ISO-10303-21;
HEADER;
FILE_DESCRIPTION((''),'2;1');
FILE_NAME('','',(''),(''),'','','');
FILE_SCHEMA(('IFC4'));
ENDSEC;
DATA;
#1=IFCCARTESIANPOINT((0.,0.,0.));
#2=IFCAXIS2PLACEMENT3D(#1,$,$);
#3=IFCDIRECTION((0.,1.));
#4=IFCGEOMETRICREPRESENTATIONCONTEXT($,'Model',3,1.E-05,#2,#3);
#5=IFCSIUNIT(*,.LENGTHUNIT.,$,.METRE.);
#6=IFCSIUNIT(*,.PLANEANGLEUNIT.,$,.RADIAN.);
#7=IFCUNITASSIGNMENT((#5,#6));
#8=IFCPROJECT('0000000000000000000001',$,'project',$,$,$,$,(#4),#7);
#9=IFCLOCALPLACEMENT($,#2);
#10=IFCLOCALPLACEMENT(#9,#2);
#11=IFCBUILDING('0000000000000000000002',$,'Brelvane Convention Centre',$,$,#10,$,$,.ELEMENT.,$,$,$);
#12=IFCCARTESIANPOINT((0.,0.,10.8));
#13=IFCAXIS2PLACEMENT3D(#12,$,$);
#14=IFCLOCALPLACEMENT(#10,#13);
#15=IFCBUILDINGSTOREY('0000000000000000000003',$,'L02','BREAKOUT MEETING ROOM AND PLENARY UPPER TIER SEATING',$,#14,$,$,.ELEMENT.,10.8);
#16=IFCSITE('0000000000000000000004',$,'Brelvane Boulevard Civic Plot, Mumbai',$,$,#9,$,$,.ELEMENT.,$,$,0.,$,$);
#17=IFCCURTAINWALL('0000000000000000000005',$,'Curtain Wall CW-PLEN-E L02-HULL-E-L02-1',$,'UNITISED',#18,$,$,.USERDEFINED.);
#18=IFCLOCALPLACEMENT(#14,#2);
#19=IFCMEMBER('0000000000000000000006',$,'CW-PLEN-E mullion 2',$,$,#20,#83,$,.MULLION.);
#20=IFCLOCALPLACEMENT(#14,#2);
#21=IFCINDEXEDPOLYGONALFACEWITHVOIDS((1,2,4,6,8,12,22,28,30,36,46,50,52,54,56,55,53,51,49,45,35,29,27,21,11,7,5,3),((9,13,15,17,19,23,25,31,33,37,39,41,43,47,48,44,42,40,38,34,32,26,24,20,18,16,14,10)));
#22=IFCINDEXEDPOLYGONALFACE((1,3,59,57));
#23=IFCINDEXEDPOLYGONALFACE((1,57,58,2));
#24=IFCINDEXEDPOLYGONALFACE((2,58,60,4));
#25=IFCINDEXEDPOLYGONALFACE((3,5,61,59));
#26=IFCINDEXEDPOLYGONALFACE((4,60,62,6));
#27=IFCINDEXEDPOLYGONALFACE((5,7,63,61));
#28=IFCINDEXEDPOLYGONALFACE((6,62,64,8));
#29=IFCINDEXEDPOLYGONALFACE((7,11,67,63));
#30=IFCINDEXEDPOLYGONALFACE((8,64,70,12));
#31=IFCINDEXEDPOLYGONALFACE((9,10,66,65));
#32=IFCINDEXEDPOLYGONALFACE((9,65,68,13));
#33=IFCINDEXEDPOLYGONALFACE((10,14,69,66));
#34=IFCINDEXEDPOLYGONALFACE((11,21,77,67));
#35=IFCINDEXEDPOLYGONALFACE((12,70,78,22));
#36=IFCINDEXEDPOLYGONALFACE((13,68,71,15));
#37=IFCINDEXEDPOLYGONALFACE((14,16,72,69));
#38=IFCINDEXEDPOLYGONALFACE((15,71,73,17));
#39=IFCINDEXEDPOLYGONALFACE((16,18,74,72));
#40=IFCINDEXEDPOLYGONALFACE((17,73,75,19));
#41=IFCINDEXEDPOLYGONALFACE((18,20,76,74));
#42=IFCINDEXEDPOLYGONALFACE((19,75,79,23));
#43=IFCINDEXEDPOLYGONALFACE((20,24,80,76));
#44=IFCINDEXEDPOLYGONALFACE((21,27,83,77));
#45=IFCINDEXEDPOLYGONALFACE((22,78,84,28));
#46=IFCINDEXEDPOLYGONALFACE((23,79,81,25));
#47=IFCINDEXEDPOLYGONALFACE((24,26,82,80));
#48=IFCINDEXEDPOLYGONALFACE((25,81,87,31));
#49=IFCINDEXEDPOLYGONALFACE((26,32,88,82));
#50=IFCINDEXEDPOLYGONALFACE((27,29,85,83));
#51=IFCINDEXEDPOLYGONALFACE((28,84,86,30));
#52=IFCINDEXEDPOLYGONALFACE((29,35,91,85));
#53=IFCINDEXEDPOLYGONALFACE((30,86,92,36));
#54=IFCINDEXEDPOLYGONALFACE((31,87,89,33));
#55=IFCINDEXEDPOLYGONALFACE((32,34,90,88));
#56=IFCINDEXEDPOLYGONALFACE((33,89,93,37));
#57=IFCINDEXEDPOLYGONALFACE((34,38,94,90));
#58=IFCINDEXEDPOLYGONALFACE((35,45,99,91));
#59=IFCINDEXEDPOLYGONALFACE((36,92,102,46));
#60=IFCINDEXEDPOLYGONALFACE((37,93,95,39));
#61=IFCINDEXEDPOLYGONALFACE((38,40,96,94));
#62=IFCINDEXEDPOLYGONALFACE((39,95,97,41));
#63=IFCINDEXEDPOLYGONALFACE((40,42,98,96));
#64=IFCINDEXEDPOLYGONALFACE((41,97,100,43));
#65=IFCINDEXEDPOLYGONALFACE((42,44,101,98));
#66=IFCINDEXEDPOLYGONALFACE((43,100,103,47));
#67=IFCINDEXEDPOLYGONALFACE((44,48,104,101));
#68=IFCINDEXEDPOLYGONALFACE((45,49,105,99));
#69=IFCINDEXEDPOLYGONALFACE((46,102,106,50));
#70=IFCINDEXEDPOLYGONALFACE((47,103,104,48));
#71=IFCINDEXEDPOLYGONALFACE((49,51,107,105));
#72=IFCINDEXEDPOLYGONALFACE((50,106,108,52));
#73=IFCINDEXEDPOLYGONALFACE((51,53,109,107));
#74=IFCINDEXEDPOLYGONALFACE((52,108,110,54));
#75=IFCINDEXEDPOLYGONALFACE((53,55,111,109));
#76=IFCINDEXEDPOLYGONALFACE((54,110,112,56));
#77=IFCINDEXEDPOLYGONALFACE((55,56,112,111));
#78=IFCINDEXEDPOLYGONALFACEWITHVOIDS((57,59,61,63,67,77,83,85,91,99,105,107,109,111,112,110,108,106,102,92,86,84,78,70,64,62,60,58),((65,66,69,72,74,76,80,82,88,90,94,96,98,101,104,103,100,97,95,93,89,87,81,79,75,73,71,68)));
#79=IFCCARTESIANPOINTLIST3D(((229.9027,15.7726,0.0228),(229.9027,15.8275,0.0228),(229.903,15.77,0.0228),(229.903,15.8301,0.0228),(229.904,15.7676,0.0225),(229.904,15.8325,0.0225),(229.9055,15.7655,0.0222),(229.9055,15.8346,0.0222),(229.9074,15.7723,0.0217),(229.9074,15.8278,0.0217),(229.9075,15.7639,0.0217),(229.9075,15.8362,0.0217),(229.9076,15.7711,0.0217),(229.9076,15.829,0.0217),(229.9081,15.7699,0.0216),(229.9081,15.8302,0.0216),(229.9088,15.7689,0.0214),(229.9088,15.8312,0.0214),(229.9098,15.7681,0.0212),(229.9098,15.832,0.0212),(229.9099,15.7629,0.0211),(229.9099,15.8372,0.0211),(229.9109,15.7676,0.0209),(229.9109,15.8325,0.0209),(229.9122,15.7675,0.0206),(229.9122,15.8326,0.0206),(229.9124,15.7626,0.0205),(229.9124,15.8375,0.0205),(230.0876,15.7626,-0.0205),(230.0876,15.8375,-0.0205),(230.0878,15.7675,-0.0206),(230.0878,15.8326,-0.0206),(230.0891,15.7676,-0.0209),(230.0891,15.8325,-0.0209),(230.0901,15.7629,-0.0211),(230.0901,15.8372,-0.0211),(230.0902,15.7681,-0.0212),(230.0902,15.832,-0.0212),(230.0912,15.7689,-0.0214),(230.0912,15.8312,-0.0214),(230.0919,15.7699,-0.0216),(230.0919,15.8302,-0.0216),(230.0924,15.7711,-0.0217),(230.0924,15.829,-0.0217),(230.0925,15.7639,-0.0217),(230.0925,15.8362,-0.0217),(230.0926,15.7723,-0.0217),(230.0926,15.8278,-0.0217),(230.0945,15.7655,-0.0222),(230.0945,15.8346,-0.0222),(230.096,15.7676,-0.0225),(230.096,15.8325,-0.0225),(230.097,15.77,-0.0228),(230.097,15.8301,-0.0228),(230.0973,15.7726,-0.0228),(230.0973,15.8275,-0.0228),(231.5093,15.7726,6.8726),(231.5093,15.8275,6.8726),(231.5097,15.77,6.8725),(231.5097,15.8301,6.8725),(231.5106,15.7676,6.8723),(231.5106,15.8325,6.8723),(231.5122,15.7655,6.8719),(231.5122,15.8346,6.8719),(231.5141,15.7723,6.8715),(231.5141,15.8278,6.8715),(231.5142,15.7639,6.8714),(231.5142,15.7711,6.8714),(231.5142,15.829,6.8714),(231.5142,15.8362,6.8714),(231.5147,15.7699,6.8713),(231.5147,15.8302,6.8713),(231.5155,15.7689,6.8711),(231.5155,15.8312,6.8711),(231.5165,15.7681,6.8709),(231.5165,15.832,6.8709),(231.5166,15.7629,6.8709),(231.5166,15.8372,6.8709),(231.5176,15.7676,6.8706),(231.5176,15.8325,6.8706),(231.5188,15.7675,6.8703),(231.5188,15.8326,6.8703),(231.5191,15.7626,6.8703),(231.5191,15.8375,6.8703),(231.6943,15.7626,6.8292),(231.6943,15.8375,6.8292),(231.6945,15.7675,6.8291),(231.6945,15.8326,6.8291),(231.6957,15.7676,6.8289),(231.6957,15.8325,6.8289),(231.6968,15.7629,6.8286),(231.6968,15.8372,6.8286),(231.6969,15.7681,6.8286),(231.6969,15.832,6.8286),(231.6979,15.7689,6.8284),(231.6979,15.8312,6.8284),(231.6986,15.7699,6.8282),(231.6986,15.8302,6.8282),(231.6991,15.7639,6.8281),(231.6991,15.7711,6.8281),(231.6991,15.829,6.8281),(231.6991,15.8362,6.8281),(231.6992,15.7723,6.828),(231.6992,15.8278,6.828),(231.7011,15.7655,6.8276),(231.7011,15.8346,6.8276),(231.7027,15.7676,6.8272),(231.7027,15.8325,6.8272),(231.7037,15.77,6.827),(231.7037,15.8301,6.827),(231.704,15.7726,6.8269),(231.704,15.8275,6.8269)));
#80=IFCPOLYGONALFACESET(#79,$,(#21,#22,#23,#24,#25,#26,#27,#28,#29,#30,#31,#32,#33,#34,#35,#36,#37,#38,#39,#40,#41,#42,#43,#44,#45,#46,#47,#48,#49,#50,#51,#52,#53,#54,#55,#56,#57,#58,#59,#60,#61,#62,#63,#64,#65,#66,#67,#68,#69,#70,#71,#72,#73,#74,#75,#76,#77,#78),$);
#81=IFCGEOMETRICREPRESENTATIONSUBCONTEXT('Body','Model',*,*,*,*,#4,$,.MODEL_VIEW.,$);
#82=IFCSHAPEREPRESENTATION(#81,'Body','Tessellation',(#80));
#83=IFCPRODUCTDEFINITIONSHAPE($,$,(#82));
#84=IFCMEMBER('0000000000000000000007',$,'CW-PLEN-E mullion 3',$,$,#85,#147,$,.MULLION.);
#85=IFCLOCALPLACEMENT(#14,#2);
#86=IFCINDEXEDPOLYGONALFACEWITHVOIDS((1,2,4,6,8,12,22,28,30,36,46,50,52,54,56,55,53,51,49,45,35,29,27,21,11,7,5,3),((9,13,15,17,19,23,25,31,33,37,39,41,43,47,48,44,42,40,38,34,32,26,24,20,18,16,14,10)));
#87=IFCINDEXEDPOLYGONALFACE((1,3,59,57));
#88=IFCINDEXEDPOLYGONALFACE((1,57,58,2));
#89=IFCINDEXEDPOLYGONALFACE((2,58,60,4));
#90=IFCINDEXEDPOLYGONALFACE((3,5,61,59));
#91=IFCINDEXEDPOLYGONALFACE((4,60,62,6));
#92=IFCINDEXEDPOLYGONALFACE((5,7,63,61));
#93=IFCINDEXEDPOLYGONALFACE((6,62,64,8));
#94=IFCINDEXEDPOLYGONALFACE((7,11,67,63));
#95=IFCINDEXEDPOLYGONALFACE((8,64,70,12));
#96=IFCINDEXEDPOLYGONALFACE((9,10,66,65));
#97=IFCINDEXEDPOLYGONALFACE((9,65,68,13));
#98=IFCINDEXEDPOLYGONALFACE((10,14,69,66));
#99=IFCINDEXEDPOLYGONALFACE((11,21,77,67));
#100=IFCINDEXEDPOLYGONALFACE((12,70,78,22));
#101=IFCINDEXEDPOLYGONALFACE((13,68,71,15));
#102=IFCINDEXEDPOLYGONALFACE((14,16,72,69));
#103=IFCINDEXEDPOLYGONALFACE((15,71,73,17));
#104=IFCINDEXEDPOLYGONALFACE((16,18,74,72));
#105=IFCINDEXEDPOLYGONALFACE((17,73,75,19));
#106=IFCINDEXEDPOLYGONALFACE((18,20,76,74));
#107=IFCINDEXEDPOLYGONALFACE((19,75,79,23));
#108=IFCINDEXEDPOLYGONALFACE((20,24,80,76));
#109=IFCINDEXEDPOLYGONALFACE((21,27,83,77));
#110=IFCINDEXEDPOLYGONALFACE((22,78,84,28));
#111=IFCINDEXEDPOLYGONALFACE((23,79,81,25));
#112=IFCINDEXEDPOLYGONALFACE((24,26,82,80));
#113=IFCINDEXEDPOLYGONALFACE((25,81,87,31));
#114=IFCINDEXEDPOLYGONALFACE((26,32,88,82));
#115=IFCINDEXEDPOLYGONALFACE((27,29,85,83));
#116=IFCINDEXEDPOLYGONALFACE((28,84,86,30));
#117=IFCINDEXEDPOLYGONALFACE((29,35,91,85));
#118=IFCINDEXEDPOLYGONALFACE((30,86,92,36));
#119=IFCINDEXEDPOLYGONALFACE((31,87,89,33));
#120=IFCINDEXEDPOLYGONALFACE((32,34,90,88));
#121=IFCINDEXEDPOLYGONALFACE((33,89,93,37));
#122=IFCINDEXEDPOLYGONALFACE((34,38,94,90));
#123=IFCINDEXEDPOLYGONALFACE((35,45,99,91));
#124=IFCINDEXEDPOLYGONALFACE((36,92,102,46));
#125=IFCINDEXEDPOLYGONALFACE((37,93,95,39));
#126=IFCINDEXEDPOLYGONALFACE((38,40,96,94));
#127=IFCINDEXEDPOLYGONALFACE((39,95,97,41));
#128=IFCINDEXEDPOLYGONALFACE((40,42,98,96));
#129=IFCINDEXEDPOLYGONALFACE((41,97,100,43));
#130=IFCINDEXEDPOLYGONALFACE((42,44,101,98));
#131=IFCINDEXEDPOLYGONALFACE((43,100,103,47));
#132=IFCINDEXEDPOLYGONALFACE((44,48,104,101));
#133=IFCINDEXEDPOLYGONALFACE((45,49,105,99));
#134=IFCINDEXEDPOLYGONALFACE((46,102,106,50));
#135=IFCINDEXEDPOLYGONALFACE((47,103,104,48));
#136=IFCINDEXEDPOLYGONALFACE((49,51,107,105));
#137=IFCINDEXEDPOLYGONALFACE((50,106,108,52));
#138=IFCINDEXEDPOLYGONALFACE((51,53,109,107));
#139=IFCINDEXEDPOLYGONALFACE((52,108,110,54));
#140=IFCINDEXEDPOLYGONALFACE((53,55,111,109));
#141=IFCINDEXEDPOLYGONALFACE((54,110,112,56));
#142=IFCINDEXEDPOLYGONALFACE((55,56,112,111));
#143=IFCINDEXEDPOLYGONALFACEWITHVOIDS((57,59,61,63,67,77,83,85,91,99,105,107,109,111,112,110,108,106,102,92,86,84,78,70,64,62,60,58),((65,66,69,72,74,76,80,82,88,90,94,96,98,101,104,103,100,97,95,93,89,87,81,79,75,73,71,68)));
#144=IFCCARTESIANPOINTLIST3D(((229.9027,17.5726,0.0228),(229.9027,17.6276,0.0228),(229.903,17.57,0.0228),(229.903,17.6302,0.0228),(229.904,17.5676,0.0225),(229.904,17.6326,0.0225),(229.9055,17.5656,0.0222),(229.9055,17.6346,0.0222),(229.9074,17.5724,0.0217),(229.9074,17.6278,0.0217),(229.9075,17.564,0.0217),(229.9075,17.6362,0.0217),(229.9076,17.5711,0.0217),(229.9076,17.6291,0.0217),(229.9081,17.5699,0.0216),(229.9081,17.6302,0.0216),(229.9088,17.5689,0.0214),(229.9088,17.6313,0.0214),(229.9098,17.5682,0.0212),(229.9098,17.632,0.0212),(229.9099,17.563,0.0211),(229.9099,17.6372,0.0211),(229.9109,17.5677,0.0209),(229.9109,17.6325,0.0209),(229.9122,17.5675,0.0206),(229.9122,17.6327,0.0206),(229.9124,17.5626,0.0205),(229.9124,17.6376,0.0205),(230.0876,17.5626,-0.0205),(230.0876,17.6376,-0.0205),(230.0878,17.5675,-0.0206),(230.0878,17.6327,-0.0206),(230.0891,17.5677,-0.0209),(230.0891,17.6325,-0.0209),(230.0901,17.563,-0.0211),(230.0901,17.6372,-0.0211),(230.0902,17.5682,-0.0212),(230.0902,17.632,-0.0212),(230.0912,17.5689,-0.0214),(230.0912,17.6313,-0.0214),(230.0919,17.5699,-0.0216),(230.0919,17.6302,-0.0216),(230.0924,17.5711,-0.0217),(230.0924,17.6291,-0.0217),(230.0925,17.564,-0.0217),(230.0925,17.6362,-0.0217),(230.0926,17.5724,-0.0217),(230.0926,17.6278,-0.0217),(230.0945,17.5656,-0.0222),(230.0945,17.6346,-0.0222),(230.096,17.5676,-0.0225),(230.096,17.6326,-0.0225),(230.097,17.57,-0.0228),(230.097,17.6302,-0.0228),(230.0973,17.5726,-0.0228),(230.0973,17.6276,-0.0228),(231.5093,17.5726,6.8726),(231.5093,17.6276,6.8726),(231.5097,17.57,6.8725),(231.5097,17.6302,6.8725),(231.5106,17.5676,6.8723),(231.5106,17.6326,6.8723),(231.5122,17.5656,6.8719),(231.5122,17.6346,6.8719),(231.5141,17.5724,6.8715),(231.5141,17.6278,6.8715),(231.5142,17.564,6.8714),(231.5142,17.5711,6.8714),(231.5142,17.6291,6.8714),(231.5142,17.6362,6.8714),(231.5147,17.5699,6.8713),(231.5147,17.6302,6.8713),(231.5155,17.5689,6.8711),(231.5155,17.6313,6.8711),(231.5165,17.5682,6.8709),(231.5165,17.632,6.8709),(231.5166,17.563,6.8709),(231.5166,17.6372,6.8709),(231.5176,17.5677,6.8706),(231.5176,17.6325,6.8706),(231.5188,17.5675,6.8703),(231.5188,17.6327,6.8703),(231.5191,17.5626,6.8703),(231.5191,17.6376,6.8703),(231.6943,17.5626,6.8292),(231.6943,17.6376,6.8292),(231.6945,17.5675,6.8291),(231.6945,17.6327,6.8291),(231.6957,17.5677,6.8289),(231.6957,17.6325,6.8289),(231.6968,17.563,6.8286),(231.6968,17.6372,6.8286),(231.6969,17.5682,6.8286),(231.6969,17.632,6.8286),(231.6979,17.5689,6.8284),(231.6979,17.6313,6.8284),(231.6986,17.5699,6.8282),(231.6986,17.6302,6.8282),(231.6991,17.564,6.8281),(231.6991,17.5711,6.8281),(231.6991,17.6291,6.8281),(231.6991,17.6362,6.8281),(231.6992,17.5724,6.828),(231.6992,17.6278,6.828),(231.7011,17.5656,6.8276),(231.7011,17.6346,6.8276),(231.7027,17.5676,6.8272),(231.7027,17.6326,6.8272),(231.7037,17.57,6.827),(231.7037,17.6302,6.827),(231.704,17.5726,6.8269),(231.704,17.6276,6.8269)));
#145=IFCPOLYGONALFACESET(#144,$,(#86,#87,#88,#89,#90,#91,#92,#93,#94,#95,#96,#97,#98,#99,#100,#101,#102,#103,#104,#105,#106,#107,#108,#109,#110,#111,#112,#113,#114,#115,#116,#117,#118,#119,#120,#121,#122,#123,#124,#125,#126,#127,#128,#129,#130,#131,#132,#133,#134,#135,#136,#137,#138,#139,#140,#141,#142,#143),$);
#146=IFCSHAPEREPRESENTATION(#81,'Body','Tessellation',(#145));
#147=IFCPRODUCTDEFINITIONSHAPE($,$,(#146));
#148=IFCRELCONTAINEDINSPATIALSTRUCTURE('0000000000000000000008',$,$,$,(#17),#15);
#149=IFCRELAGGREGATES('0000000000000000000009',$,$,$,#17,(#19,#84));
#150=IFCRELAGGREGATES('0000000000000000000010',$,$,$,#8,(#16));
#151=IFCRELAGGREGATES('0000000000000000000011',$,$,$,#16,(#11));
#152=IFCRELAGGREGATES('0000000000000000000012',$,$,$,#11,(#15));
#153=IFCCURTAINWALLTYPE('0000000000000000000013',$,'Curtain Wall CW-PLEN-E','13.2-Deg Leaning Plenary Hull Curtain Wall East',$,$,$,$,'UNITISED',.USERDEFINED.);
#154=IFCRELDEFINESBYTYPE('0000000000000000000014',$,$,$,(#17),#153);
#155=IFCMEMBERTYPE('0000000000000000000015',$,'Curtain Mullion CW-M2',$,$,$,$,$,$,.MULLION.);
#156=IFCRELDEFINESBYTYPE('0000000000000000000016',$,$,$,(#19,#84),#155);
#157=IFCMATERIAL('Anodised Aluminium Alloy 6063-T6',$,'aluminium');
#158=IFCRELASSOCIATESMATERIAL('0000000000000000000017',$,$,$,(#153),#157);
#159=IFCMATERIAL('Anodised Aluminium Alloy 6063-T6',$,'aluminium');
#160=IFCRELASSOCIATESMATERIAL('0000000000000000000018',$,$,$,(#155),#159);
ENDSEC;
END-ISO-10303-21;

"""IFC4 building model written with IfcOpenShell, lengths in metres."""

from ifc_helpers import new_model, si_unit, direction, frame, origin, origin_2d, place, context, subcontext, project, spatial, hollow_rectangle, extrude, material, material_profile, profile_set, type_object, element, aggregate, save


model = new_model("IFC4")

# Units and contexts
model_context = context("Model", 3, precision=1e-05, world=origin(), true_north=direction((0.0, 1.0)))
body_context = subcontext(model_context, "Body", "Model", "MODEL_VIEW")
ifc_project = project(units=[si_unit("LENGTHUNIT", "METRE"), si_unit("PLANEANGLEUNIT", "RADIAN")], contexts=[model_context])

# Site, building, storey
site_placement = place(None, origin())
site = spatial("IfcSite", under=ifc_project, at=site_placement, Name="Brelvane Boulevard Civic Plot, Mumbai", CompositionType="ELEMENT", RefElevation=0.0)
building_placement = place(site_placement, origin())
building = spatial("IfcBuilding", under=site, at=building_placement, Name="Brelvane Convention Centre", CompositionType="ELEMENT")
storey_placement = place(building_placement, frame((0.0, 0.0, 10.8)))
storey = spatial("IfcBuildingStorey", under=building, at=storey_placement, Name="L02", Description="BREAKOUT MEETING ROOM AND PLENARY UPPER TIER SEATING", CompositionType="ELEMENT", Elevation=10.8)

# Curtain wall, members
ifc_material_1 = material(Name="Anodised Aluminium Alloy 6063-T6", Category="aluminium")
curtain_wall_type_1 = type_object("IfcCurtainWallType", Name="Curtain Wall CW-PLEN-E", Description="13.2-Deg Leaning Plenary Hull Curtain Wall East", ElementType="UNITISED", PredefinedType="USERDEFINED", material=ifc_material_1)
curtain_wall_1_placement = place(storey_placement, origin())
curtain_wall_1 = element("IfcCurtainWall", 1, at=curtain_wall_1_placement, inside=storey, type_object=curtain_wall_type_1, Name="Curtain Wall CW-PLEN-E L02-HULL-E-L02-1", ObjectType="UNITISED", PredefinedType="USERDEFINED")
ifc_material_2 = material(Name="Anodised Aluminium Alloy 6063-T6", Category="aluminium")
ifc_material_profile_1 = material_profile(ifc_material_2, hollow_rectangle(XDim=0.075, YDim=0.2, WallThickness=0.0049, InnerFilletRadius=0.0049, OuterFilletRadius=0.01, at=origin_2d()), Name="ALU-M 200x75x5.0")
ifc_profile_set_1 = profile_set([ifc_material_profile_1], Name="Anodised Aluminium Alloy 6063-T6")
member_type_1 = type_object("IfcMemberType", Name="Curtain Mullion CW-M2", PredefinedType="MULLION", material=ifc_profile_set_1)
member_1_placement = place(storey_placement, frame((230.0, 15.8, 0.0), z_axis=(0.22836, 0.0, 0.973577), x_axis=(0.0, 1.0, 0.0)))
member_1 = element("IfcMember", 2, at=member_1_placement, type_object=member_type_1, Name="CW-PLEN-E mullion 2", PredefinedType="MULLION", context=body_context, shape_type="SweptSolid", body=[
    extrude(hollow_rectangle(XDim=0.075, YDim=0.2, WallThickness=0.0049, InnerFilletRadius=0.0049, OuterFilletRadius=0.01, at=origin_2d()), origin(), (0.0, 0.0, 1.0), 7.0356),
])
member_2_placement = place(storey_placement, frame((230.0, 17.6001, 0.0), z_axis=(0.22836, 0.0, 0.973577), x_axis=(0.0, 1.0, 0.0)))
member_2 = element("IfcMember", 3, at=member_2_placement, type_object=member_type_1, Name="CW-PLEN-E mullion 3", PredefinedType="MULLION", context=body_context, shape_type="SweptSolid", body=[
    extrude(hollow_rectangle(XDim=0.075, YDim=0.2, WallThickness=0.0049, InnerFilletRadius=0.0049, OuterFilletRadius=0.01, at=origin_2d()), origin(), (0.0, 0.0, 1.0), 7.0356),
])
aggregate(curtain_wall_1, [member_1, member_2])

save(model, "model.ifc")
